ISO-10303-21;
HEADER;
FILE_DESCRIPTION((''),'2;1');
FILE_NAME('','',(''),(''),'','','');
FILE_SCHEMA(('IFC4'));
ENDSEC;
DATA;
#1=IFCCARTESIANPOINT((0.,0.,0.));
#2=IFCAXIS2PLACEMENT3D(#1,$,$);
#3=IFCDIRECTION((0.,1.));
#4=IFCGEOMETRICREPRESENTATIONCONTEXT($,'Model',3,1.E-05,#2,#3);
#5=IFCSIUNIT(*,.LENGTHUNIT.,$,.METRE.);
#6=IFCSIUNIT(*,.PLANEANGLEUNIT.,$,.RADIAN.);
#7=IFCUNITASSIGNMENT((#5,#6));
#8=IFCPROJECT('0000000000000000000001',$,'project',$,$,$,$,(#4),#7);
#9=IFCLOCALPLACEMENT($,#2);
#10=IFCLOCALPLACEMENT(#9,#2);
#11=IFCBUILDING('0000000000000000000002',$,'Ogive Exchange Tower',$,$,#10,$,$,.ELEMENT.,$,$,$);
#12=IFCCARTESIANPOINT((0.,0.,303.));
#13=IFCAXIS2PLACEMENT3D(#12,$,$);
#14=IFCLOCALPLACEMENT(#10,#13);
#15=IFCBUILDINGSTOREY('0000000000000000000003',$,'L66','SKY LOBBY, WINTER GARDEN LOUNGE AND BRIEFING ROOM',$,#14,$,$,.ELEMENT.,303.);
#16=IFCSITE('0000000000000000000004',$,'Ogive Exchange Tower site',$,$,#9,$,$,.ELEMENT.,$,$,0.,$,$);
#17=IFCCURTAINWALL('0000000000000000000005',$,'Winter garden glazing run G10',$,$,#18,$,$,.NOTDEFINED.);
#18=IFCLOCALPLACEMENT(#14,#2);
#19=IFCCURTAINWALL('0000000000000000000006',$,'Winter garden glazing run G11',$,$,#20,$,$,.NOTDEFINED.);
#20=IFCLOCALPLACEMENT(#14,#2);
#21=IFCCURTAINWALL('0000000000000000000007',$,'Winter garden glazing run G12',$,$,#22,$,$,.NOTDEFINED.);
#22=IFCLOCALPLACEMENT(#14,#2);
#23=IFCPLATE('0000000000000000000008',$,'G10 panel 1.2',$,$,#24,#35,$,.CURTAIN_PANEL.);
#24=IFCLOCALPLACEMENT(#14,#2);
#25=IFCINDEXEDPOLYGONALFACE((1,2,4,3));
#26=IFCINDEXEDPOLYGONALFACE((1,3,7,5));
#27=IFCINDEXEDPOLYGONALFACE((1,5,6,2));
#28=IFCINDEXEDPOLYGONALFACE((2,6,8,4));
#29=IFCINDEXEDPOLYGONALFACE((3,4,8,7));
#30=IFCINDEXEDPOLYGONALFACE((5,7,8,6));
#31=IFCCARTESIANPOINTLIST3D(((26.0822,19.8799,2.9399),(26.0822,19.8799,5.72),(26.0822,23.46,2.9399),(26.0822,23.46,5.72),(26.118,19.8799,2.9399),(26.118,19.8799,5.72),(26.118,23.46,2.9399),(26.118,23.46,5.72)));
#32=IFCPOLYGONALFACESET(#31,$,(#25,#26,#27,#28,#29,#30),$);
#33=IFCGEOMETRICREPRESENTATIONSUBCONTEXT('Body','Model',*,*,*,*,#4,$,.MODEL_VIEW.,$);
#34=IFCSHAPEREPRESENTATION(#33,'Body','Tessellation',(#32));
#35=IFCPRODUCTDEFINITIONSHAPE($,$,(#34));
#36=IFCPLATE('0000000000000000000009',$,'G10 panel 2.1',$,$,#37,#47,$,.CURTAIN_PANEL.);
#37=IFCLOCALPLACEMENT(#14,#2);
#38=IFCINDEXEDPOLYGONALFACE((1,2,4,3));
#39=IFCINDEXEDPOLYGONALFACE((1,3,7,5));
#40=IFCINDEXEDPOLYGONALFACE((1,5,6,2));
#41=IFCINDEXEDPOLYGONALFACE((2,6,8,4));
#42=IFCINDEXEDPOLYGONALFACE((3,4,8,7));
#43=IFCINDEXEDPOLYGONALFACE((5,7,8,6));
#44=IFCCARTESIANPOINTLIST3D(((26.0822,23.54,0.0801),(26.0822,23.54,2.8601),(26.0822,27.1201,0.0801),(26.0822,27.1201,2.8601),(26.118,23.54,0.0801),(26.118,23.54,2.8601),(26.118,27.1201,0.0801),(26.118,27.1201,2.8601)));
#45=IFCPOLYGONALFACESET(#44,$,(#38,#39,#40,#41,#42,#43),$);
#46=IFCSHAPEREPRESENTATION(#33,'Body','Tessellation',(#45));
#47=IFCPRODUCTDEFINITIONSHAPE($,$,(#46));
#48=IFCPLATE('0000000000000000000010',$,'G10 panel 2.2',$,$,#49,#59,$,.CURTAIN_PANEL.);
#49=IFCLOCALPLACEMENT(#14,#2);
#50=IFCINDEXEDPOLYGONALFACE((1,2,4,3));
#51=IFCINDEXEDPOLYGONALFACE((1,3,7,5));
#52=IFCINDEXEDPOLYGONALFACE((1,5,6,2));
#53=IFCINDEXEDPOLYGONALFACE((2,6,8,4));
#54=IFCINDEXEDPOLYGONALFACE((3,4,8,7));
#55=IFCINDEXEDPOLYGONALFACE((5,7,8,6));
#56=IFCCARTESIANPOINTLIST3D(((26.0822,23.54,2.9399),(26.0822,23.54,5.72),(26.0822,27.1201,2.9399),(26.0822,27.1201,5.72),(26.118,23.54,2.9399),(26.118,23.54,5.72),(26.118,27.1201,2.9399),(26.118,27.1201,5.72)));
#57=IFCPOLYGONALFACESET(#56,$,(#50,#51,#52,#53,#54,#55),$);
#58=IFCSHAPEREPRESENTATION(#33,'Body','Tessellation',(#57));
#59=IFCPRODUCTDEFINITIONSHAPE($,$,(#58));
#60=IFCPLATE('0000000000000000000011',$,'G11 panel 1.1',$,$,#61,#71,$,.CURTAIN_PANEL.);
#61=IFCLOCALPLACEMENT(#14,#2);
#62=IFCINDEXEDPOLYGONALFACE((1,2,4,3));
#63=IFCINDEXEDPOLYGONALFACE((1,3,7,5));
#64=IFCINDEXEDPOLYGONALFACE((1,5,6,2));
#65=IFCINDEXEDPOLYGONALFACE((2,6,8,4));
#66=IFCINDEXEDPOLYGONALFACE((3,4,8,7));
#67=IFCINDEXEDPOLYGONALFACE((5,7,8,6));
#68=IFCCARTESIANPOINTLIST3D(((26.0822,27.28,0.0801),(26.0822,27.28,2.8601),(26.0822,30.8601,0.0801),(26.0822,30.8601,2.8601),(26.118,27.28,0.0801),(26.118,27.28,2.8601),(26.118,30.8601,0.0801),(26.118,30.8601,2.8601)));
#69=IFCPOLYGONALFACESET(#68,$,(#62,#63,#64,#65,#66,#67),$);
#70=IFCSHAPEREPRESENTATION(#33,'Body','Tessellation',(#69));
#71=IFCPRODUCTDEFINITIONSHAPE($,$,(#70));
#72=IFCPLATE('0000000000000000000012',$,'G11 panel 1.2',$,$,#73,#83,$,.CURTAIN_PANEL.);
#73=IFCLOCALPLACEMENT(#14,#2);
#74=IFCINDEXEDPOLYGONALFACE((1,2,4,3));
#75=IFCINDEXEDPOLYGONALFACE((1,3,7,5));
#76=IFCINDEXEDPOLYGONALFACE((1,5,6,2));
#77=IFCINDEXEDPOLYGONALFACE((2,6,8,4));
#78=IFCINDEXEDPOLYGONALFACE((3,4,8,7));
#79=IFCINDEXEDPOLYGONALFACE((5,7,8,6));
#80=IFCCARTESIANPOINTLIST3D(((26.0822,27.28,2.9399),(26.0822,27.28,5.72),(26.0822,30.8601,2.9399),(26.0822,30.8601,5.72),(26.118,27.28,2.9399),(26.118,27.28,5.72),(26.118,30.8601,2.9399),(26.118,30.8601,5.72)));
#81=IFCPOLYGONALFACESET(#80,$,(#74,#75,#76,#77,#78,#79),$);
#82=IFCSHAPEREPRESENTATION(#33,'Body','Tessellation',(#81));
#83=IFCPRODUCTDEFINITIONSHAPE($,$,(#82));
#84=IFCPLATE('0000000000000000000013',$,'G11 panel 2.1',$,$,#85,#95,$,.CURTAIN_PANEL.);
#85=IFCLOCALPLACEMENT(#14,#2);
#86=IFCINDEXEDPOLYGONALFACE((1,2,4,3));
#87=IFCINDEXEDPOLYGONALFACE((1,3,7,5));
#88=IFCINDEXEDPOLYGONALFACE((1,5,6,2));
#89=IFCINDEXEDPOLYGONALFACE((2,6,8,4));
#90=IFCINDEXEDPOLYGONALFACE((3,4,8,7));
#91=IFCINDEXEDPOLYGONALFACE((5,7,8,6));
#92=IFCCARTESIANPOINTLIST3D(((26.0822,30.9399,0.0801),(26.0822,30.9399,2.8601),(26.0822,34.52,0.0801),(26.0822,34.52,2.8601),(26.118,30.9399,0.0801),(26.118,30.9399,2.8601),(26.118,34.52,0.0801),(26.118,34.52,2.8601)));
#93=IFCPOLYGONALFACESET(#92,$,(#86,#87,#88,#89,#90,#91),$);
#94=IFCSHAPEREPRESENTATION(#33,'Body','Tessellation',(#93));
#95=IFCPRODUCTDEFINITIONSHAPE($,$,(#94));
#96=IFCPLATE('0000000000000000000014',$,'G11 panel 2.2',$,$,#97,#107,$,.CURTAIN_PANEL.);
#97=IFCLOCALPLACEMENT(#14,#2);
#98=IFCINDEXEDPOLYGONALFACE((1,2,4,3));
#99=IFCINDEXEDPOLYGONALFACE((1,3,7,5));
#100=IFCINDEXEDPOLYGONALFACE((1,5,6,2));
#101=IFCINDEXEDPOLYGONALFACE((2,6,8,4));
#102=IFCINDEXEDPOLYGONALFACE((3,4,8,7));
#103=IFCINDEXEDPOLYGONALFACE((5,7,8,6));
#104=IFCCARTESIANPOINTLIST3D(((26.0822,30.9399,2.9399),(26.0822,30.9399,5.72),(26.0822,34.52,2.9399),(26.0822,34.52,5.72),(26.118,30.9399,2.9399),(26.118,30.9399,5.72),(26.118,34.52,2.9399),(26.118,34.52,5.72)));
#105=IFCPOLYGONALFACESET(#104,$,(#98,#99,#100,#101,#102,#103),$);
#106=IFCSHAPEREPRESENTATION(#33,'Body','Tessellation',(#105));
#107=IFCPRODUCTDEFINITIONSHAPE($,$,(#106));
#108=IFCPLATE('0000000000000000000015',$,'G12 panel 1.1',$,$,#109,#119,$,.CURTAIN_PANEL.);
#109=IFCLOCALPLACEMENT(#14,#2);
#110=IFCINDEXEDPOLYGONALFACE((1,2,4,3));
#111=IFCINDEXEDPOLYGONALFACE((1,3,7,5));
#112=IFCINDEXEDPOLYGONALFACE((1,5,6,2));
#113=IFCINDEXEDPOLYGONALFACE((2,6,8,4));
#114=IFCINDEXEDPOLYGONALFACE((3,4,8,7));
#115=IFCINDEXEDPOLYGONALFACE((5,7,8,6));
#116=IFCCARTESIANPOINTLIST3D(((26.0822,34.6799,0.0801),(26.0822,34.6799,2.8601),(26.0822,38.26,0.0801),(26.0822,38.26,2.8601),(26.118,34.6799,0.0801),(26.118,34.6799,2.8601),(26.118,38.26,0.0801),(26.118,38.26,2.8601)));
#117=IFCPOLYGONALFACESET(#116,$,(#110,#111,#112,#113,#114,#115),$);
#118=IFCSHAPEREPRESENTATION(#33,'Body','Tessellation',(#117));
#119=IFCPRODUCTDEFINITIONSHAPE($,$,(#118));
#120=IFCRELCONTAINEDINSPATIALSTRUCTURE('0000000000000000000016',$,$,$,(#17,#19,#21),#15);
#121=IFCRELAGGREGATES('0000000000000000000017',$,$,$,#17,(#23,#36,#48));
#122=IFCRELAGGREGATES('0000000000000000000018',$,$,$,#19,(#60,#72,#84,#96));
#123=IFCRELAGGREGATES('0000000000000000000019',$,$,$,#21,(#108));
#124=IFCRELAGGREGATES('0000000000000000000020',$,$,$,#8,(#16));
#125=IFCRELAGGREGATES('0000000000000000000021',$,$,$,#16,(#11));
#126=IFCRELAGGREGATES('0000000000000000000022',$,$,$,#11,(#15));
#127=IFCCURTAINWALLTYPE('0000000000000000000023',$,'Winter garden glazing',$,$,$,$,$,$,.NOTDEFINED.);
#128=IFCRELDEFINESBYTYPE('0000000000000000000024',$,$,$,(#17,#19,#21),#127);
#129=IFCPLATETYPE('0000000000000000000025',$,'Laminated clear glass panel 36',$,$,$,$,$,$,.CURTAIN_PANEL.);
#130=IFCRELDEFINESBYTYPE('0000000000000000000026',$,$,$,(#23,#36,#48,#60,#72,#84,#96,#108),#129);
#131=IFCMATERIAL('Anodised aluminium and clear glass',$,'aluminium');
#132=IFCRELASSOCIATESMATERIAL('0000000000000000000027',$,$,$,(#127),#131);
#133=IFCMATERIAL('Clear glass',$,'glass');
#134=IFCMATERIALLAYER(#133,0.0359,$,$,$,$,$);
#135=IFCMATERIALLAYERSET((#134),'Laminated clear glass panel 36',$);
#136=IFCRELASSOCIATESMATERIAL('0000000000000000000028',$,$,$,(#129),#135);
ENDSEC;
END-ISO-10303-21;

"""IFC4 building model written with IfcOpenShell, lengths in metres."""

from ifc_helpers import new_model, si_unit, direction, frame, origin, origin_2d, place, context, subcontext, project, spatial, rectangle, extrude, material, layer, layer_set, type_object, element, aggregate, save


model = new_model("IFC4")

# Units and contexts
model_context = context("Model", 3, precision=1e-05, world=origin(), true_north=direction((0.0, 1.0)))
body_context = subcontext(model_context, "Body", "Model", "MODEL_VIEW")
ifc_project = project(units=[si_unit("LENGTHUNIT", "METRE"), si_unit("PLANEANGLEUNIT", "RADIAN")], contexts=[model_context])

# Site, building, storey
site_placement = place(None, origin())
site = spatial("IfcSite", under=ifc_project, at=site_placement, Name="Ogive Exchange Tower site", CompositionType="ELEMENT", RefElevation=0.0)
building_placement = place(site_placement, origin())
building = spatial("IfcBuilding", under=site, at=building_placement, Name="Ogive Exchange Tower", CompositionType="ELEMENT")
storey_placement = place(building_placement, frame((0.0, 0.0, 303.0)))
storey = spatial("IfcBuildingStorey", under=building, at=storey_placement, Name="L66", Description="SKY LOBBY, WINTER GARDEN LOUNGE AND BRIEFING ROOM", CompositionType="ELEMENT", Elevation=303.0)

# Curtain walls
ifc_material_1 = material(Name="Anodised aluminium and clear glass", Category="aluminium")
curtain_wall_type = type_object("IfcCurtainWallType", Name="Winter garden glazing", PredefinedType="NOTDEFINED", material=ifc_material_1)
curtain_wall_1_placement = place(storey_placement, origin())
curtain_wall_1 = element("IfcCurtainWall", 1, at=curtain_wall_1_placement, inside=storey, type_object=curtain_wall_type, Name="Winter garden glazing run G10", PredefinedType="NOTDEFINED")
curtain_wall_2_placement = place(storey_placement, origin())
curtain_wall_2 = element("IfcCurtainWall", 2, at=curtain_wall_2_placement, inside=storey, type_object=curtain_wall_type, Name="Winter garden glazing run G11", PredefinedType="NOTDEFINED")

# Curtain wall
curtain_wall_3_placement = place(storey_placement, origin())
curtain_wall_3 = element("IfcCurtainWall", 3, at=curtain_wall_3_placement, inside=storey, type_object=curtain_wall_type, Name="Winter garden glazing run G12", PredefinedType="NOTDEFINED")

# Plates
ifc_material_2 = material(Name="Clear glass", Category="glass")
ifc_layer = layer(ifc_material_2, 0.0359)
ifc_layer_set = layer_set([ifc_layer], Name="Laminated clear glass panel 36")
plate_type = type_object("IfcPlateType", Name="Laminated clear glass panel 36", PredefinedType="CURTAIN_PANEL", material=ifc_layer_set)
plate_1_placement = place(storey_placement, frame((26.1001, 21.6699, 2.9399), z_axis=(0.0, 0.0, 1.0), x_axis=(0.0, 1.0, 0.0)))
plate_1 = element("IfcPlate", 4, at=plate_1_placement, type_object=plate_type, Name="G10 panel 1.2", PredefinedType="CURTAIN_PANEL", context=body_context, shape_type="SweptSolid", body=[
    extrude(rectangle(XDim=3.5801, YDim=0.0359, at=origin_2d()), origin(), (0.0, 0.0, 1.0), 2.78),
])
plate_2_placement = place(storey_placement, frame((26.1001, 25.3301, 0.0801), z_axis=(0.0, 0.0, 1.0), x_axis=(0.0, 1.0, 0.0)))
plate_2 = element("IfcPlate", 5, at=plate_2_placement, type_object=plate_type, Name="G10 panel 2.1", PredefinedType="CURTAIN_PANEL", context=body_context, shape_type="SweptSolid", body=[
    extrude(rectangle(XDim=3.5801, YDim=0.0359, at=origin_2d()), origin(), (0.0, 0.0, 1.0), 2.78),
])
plate_3_placement = place(storey_placement, frame((26.1001, 25.3301, 2.9399), z_axis=(0.0, 0.0, 1.0), x_axis=(0.0, 1.0, 0.0)))
plate_3 = element("IfcPlate", 6, at=plate_3_placement, type_object=plate_type, Name="G10 panel 2.2", PredefinedType="CURTAIN_PANEL", context=body_context, shape_type="SweptSolid", body=[
    extrude(rectangle(XDim=3.5801, YDim=0.0359, at=origin_2d()), origin(), (0.0, 0.0, 1.0), 2.78),
])
aggregate(curtain_wall_1, [plate_1, plate_2, plate_3])
plate_4_placement = place(storey_placement, frame((26.1001, 29.0701, 0.0801), z_axis=(0.0, 0.0, 1.0), x_axis=(0.0, 1.0, 0.0)))
plate_4 = element("IfcPlate", 7, at=plate_4_placement, type_object=plate_type, Name="G11 panel 1.1", PredefinedType="CURTAIN_PANEL", context=body_context, shape_type="SweptSolid", body=[
    extrude(rectangle(XDim=3.5801, YDim=0.0359, at=origin_2d()), origin(), (0.0, 0.0, 1.0), 2.78),
])
plate_5_placement = place(storey_placement, frame((26.1001, 29.0701, 2.9399), z_axis=(0.0, 0.0, 1.0), x_axis=(0.0, 1.0, 0.0)))
plate_5 = element("IfcPlate", 8, at=plate_5_placement, type_object=plate_type, Name="G11 panel 1.2", PredefinedType="CURTAIN_PANEL", context=body_context, shape_type="SweptSolid", body=[
    extrude(rectangle(XDim=3.5801, YDim=0.0359, at=origin_2d()), origin(), (0.0, 0.0, 1.0), 2.78),
])
plate_6_placement = place(storey_placement, frame((26.1001, 32.73, 0.0801), z_axis=(0.0, 0.0, 1.0), x_axis=(0.0, 1.0, 0.0)))
plate_6 = element("IfcPlate", 9, at=plate_6_placement, type_object=plate_type, Name="G11 panel 2.1", PredefinedType="CURTAIN_PANEL", context=body_context, shape_type="SweptSolid", body=[
    extrude(rectangle(XDim=3.5801, YDim=0.0359, at=origin_2d()), origin(), (0.0, 0.0, 1.0), 2.78),
])
plate_7_placement = place(storey_placement, frame((26.1001, 32.73, 2.9399), z_axis=(0.0, 0.0, 1.0), x_axis=(0.0, 1.0, 0.0)))
plate_7 = element("IfcPlate", 10, at=plate_7_placement, type_object=plate_type, Name="G11 panel 2.2", PredefinedType="CURTAIN_PANEL", context=body_context, shape_type="SweptSolid", body=[
    extrude(rectangle(XDim=3.5801, YDim=0.0359, at=origin_2d()), origin(), (0.0, 0.0, 1.0), 2.78),
])
aggregate(curtain_wall_2, [plate_4, plate_5, plate_6, plate_7])
plate_8_placement = place(storey_placement, frame((26.1001, 36.47, 0.0801), z_axis=(0.0, 0.0, 1.0), x_axis=(0.0, 1.0, 0.0)))
plate_8 = element("IfcPlate", 11, at=plate_8_placement, type_object=plate_type, Name="G12 panel 1.1", PredefinedType="CURTAIN_PANEL", context=body_context, shape_type="SweptSolid", body=[
    extrude(rectangle(XDim=3.5801, YDim=0.0359, at=origin_2d()), origin(), (0.0, 0.0, 1.0), 2.78),
])
aggregate(curtain_wall_3, [plate_8])

save(model, "model.ifc")
